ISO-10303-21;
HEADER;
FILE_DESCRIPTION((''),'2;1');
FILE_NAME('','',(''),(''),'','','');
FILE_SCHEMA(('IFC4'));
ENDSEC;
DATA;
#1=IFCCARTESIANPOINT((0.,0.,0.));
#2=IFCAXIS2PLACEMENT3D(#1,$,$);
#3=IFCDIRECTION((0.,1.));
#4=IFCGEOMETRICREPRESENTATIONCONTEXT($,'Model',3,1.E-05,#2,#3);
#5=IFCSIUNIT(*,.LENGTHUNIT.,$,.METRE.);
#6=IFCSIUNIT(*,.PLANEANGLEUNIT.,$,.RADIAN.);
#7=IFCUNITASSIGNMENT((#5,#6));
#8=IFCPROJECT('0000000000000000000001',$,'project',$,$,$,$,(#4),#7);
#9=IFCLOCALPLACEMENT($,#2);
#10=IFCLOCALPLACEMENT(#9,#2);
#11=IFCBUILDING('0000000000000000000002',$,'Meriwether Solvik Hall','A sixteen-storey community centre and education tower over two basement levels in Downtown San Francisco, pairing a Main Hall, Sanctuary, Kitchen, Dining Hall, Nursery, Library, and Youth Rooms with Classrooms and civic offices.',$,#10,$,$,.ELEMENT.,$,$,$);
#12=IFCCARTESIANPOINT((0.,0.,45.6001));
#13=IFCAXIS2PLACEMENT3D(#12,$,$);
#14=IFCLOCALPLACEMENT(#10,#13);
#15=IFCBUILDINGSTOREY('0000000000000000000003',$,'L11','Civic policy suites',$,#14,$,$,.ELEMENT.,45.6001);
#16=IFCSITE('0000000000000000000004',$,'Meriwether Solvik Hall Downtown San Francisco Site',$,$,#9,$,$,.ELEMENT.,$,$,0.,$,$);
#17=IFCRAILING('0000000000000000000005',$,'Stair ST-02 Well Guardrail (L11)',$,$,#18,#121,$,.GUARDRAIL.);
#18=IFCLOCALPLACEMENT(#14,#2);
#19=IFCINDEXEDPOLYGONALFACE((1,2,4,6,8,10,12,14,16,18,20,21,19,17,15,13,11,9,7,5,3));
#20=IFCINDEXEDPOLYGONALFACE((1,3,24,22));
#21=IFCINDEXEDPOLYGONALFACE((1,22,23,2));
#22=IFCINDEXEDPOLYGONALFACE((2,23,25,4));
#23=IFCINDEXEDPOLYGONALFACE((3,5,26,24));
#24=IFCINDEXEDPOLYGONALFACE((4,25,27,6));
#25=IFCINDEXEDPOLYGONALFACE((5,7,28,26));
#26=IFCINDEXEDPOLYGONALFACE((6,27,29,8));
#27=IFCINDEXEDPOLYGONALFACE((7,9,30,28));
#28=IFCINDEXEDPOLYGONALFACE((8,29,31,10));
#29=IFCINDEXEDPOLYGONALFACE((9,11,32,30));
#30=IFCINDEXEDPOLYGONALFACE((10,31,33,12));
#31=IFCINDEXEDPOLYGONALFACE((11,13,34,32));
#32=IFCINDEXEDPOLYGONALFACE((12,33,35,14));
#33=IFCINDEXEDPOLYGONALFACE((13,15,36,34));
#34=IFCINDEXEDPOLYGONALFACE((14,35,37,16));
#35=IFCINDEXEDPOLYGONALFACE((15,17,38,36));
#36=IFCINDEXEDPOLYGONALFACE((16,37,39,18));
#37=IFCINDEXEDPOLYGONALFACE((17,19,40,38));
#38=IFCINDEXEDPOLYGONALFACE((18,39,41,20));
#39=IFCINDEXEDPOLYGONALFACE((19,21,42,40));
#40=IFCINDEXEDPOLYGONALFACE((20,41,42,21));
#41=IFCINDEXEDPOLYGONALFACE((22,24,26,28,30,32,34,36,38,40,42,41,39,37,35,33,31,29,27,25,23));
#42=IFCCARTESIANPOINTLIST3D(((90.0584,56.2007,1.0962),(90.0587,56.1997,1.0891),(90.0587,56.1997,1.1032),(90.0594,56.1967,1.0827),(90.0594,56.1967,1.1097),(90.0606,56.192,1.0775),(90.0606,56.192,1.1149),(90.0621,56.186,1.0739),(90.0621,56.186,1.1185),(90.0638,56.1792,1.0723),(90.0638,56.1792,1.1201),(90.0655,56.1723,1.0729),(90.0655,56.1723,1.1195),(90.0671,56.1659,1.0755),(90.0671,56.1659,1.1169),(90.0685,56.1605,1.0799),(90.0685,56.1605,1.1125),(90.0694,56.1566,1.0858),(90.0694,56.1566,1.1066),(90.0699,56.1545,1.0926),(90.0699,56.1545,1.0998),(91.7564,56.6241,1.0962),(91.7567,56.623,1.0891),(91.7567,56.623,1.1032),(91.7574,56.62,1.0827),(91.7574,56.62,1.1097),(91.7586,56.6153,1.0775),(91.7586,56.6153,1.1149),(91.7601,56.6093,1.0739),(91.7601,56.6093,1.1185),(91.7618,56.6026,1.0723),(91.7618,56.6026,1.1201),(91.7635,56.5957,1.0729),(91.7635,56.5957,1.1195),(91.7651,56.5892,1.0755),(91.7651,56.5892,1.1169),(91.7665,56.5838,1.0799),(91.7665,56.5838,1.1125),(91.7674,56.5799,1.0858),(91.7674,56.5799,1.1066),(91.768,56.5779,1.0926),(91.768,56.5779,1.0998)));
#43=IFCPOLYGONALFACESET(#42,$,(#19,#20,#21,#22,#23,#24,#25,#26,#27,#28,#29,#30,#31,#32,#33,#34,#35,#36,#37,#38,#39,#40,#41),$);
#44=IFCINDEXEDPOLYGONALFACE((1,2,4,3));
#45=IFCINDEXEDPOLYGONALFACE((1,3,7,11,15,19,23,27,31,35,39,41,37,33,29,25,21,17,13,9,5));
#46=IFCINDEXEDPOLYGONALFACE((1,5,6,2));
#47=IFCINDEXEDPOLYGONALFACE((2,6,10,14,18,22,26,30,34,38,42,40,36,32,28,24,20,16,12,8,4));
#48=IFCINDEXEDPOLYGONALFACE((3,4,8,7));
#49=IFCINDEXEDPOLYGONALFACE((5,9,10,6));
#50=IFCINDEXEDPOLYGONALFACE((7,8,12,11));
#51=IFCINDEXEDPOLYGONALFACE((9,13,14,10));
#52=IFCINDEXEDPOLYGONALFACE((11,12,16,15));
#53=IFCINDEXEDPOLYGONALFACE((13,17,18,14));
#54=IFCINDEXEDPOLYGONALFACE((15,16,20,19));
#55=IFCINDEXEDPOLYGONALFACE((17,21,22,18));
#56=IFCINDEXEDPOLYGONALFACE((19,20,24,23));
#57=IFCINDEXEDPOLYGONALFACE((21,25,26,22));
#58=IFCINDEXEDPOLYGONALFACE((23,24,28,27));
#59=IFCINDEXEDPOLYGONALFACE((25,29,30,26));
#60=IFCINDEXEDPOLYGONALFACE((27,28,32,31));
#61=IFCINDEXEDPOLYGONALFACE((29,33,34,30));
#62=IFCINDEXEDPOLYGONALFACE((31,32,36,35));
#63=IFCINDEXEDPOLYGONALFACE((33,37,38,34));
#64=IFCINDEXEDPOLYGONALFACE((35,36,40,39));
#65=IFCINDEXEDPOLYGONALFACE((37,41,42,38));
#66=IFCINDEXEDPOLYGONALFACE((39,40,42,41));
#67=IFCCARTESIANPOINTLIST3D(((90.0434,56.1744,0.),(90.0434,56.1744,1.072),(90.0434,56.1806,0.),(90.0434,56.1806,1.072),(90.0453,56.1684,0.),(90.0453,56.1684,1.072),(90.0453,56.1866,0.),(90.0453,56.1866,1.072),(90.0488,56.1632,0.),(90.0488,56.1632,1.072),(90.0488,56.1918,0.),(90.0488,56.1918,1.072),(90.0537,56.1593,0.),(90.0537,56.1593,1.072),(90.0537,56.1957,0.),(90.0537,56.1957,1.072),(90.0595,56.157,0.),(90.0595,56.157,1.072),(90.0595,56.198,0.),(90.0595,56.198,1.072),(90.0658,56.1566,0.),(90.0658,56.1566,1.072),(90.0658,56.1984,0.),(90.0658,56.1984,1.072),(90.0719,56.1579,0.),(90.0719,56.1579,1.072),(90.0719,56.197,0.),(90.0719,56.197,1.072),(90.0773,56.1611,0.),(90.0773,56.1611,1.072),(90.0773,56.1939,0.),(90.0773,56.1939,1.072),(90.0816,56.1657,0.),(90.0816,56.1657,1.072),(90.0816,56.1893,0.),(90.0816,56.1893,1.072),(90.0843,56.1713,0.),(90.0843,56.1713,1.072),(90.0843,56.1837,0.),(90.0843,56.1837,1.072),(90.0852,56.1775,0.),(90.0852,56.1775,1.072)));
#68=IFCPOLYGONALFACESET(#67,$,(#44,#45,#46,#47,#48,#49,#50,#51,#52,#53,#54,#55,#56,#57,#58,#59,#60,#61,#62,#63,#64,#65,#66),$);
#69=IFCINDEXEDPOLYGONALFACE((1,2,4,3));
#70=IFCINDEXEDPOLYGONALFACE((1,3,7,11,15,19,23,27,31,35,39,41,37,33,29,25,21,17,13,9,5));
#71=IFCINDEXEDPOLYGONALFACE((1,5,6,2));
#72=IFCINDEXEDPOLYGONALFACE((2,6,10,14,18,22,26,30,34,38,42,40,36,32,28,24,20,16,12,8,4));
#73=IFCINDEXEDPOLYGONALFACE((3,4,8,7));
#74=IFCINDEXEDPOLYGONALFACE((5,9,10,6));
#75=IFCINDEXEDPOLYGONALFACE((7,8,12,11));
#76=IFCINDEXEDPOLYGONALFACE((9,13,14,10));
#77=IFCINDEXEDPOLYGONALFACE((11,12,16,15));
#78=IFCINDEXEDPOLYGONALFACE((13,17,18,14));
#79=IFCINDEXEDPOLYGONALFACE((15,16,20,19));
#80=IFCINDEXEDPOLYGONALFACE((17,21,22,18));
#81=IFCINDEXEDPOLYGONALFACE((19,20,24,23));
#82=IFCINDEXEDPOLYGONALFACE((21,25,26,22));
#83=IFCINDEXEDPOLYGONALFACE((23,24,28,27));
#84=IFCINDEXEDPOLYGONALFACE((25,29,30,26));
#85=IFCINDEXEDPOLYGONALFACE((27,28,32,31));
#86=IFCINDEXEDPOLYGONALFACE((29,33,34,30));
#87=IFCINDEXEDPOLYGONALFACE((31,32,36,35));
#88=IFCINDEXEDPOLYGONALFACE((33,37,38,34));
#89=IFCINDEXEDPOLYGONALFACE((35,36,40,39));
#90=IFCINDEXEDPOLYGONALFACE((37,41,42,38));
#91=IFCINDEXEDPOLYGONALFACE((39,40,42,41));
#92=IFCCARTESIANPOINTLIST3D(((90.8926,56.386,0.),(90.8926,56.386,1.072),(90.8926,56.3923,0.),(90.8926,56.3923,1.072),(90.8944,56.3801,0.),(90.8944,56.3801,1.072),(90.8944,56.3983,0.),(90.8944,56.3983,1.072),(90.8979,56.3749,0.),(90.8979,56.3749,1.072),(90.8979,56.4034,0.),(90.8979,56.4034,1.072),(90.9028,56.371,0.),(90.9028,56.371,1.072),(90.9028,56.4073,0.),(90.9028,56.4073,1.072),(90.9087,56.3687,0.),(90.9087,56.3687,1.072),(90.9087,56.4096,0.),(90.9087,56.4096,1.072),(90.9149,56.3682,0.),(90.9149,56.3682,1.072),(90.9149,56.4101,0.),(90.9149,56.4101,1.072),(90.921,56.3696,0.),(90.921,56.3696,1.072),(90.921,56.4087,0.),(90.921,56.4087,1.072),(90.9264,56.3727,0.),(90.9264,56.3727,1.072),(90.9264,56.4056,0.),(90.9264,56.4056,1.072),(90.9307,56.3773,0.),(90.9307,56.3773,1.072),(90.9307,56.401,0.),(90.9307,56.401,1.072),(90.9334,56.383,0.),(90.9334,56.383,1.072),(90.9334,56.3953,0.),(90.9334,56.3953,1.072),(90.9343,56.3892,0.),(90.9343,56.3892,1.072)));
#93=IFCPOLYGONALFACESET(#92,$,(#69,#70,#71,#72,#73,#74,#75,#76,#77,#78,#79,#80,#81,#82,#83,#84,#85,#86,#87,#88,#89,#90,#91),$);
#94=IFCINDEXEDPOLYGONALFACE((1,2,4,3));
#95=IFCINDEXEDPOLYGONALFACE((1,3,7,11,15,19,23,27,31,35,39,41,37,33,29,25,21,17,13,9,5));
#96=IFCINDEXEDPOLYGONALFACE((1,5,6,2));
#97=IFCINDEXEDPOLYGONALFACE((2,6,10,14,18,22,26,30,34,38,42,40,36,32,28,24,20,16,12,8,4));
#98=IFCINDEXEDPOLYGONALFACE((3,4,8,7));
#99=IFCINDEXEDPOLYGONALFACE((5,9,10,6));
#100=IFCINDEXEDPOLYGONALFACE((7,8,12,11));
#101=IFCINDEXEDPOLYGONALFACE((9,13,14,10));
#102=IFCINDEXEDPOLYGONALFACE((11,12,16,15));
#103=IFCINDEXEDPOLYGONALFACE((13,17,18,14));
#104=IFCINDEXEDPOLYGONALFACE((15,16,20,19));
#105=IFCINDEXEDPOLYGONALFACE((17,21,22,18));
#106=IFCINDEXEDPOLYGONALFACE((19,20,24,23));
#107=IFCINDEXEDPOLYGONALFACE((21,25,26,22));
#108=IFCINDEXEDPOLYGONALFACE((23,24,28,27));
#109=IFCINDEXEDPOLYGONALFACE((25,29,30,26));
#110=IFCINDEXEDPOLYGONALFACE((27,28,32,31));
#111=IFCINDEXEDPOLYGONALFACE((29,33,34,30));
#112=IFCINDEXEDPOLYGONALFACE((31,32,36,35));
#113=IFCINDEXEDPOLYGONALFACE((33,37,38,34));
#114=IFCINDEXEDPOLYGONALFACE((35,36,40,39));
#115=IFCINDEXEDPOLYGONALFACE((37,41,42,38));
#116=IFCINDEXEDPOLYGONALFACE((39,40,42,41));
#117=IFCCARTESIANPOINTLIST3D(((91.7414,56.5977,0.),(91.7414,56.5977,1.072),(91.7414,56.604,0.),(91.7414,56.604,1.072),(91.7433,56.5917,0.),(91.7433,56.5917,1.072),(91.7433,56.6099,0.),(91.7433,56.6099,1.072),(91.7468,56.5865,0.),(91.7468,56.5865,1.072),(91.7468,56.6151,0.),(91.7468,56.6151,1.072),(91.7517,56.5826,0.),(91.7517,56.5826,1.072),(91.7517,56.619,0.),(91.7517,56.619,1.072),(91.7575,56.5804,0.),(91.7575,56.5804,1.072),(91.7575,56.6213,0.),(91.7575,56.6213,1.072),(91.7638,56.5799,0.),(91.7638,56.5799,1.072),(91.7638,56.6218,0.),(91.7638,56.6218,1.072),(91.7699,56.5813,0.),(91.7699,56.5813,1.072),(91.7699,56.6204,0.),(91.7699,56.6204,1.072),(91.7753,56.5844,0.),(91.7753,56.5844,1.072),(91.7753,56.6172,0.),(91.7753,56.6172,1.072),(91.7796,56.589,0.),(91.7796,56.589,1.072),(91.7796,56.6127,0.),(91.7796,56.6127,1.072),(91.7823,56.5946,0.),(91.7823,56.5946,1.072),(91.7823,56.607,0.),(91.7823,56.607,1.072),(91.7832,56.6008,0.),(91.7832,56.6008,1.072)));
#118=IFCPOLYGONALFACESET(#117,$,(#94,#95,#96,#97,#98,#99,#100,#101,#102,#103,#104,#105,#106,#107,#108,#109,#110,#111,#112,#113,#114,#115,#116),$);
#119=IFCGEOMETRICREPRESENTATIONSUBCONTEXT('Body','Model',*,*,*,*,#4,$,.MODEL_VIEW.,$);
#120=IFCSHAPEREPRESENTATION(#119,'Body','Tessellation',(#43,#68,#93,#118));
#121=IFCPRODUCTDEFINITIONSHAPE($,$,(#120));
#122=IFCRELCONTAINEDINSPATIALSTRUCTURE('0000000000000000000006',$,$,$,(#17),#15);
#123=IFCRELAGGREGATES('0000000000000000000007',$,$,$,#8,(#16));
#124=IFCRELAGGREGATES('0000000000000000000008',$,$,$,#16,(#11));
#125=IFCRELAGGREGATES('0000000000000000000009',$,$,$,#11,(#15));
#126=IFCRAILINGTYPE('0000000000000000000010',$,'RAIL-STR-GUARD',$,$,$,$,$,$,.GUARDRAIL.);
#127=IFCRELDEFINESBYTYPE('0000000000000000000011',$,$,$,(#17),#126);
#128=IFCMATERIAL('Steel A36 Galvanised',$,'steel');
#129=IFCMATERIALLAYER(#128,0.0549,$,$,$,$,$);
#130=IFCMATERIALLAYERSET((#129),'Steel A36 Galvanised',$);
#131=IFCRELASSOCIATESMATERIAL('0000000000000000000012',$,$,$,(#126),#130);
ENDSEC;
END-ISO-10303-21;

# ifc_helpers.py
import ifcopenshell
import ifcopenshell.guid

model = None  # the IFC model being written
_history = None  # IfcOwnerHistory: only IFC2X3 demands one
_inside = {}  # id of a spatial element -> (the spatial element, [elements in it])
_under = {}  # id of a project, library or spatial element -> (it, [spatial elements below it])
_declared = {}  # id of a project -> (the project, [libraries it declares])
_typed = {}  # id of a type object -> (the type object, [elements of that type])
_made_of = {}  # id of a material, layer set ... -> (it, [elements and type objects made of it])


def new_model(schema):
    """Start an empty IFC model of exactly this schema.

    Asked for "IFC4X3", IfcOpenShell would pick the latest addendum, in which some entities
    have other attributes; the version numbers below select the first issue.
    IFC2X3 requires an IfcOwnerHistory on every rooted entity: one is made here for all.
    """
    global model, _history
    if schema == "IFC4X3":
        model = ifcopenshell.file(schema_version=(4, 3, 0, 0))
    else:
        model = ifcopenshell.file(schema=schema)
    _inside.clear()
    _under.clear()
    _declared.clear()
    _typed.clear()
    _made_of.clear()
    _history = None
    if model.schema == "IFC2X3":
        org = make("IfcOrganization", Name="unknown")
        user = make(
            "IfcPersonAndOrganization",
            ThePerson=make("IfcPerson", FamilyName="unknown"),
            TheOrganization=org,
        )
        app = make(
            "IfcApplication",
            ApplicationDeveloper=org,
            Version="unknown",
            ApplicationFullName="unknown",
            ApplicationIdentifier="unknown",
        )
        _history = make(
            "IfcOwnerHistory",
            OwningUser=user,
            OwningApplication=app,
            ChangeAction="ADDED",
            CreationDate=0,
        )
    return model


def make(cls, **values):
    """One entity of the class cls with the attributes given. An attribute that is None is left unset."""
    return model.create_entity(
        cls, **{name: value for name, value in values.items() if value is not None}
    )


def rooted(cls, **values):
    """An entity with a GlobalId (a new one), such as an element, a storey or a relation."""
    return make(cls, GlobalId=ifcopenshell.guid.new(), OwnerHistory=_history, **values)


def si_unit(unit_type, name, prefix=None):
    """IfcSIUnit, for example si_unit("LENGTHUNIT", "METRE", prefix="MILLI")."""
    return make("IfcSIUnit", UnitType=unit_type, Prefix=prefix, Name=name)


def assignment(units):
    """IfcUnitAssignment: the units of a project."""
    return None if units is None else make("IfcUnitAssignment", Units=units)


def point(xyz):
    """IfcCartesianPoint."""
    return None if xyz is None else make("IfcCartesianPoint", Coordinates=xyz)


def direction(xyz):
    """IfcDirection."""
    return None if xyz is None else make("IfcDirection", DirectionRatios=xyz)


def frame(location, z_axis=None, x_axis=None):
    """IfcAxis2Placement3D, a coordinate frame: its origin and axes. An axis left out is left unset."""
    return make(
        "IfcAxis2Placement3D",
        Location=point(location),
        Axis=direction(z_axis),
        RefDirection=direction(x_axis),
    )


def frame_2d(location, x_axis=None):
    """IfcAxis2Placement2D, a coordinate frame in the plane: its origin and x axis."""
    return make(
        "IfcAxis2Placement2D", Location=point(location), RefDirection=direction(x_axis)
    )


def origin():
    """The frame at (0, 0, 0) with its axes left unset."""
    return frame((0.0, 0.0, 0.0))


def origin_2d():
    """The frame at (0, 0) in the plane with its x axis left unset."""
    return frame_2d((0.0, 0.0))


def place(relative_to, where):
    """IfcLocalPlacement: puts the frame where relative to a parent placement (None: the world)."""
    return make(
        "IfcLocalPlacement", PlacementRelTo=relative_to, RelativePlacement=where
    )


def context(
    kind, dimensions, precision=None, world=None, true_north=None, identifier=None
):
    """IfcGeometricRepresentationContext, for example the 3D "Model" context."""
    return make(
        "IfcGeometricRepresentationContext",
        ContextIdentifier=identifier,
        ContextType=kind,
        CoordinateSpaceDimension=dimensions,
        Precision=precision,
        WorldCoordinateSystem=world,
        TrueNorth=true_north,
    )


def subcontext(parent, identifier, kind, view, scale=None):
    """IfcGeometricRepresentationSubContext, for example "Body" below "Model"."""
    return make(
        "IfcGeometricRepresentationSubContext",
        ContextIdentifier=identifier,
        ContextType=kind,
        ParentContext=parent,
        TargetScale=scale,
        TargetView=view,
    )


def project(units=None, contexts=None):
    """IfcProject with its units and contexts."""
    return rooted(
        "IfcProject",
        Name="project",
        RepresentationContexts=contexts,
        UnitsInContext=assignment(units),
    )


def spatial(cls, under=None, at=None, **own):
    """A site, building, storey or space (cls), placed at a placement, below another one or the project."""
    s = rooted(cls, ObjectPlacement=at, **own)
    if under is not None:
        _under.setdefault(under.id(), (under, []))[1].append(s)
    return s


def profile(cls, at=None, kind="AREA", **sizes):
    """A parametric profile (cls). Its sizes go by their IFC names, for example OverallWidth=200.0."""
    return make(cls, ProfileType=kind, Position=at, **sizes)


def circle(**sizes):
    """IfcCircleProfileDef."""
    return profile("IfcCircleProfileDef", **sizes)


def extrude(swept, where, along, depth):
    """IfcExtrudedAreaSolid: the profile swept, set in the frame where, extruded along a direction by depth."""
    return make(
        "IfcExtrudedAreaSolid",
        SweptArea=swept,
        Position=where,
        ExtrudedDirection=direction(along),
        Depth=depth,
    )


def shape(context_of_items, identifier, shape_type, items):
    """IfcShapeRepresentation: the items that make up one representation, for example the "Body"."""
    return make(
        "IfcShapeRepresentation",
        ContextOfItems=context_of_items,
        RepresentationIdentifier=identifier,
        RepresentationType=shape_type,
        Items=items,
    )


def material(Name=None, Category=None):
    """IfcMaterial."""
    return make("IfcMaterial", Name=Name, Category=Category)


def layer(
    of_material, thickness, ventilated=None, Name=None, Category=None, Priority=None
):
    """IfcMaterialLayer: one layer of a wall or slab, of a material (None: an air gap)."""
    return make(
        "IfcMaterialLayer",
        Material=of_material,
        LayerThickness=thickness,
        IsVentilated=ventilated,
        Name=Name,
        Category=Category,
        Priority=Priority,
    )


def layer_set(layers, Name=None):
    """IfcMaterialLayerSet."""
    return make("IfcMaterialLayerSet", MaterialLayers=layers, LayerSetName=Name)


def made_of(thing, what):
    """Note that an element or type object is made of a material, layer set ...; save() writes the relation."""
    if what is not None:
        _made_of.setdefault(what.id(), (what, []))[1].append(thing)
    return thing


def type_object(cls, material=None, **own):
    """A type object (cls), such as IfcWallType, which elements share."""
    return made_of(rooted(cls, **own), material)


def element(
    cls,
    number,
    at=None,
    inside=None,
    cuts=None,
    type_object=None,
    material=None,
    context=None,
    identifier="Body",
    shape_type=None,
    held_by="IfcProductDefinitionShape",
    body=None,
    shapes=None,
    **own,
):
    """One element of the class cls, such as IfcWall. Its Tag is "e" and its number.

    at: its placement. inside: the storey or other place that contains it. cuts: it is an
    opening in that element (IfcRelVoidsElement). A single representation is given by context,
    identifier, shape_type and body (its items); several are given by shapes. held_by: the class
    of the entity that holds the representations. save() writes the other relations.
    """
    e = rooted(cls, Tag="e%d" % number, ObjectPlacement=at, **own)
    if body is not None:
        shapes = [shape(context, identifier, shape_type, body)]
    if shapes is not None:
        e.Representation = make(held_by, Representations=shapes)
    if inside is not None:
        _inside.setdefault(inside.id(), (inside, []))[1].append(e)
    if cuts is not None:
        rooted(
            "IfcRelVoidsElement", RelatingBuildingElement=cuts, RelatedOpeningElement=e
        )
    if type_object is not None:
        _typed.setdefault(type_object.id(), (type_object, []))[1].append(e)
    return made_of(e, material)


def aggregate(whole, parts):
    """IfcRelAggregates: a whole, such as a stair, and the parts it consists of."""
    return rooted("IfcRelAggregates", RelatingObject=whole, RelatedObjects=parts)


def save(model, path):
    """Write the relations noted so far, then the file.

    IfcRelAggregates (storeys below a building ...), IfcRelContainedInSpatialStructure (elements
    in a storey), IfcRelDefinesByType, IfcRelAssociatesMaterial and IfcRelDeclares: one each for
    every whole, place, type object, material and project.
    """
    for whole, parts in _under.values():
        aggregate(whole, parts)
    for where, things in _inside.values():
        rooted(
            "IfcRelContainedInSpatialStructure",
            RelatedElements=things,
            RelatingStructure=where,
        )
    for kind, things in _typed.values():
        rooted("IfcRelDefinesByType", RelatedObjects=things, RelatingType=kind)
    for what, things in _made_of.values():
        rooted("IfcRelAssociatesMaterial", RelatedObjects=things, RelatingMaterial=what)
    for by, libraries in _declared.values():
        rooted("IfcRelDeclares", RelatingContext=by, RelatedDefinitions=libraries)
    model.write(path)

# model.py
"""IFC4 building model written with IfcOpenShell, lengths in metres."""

from ifc_helpers import new_model, si_unit, direction, frame, origin, origin_2d, place, context, subcontext, project, spatial, circle, extrude, material, layer, layer_set, type_object, element, save


model = new_model("IFC4")

# Units and contexts
model_context = context("Model", 3, precision=1e-05, world=origin(), true_north=direction((0.0, 1.0)))
body_context = subcontext(model_context, "Body", "Model", "MODEL_VIEW")
ifc_project = project(units=[si_unit("LENGTHUNIT", "METRE"), si_unit("PLANEANGLEUNIT", "RADIAN")], contexts=[model_context])

# Site, building, storey
site_placement = place(None, origin())
site = spatial("IfcSite", under=ifc_project, at=site_placement, Name="Meriwether Solvik Hall Downtown San Francisco Site", CompositionType="ELEMENT", RefElevation=0.0)
building_placement = place(site_placement, origin())
building = spatial("IfcBuilding", under=site, at=building_placement, Name="Meriwether Solvik Hall", Description="A sixteen-storey community centre and education tower over two basement levels in Downtown San Francisco, pairing a Main Hall, Sanctuary, Kitchen, Dining Hall, Nursery, Library, and Youth Rooms with Classrooms and civic offices.", CompositionType="ELEMENT")
storey_placement = place(building_placement, frame((0.0, 0.0, 45.6001)))
storey = spatial("IfcBuildingStorey", under=building, at=storey_placement, Name="L11", Description="Civic policy suites", CompositionType="ELEMENT", Elevation=45.6001)

# Railing
ifc_material_1 = material(Name="Steel A36 Galvanised", Category="steel")
ifc_layer_1 = layer(ifc_material_1, 0.0549)
ifc_layer_set_1 = layer_set([ifc_layer_1], Name="Steel A36 Galvanised")
railing_type_1 = type_object("IfcRailingType", Name="RAIL-STR-GUARD", PredefinedType="GUARDRAIL", material=ifc_layer_set_1)
railing_1_placement = place(storey_placement, frame((90.0642, 56.1775, 0.0)))
element("IfcRailing", 1, at=railing_1_placement, inside=storey, type_object=railing_type_1, Name="Stair ST-02 Well Guardrail (L11)", PredefinedType="GUARDRAIL", context=body_context, shape_type="SweptSolid", body=[
    extrude(circle(Radius=0.0239, at=origin_2d()), frame((0.0, 0.0, 1.0962), z_axis=(0.970298, 0.241912, 0.0), x_axis=(-0.241912, 0.970298, 0.0)), (0.0, 0.0, 1.0), 1.75),
    extrude(circle(Radius=0.021, at=origin_2d()), origin(), (0.0, 0.0, 1.0), 1.072),
    extrude(circle(Radius=0.021, at=origin_2d()), frame((0.8491, 0.2117, 0.0)), (0.0, 0.0, 1.0), 1.072),
    extrude(circle(Radius=0.021, at=origin_2d()), frame((1.698, 0.4233, 0.0)), (0.0, 0.0, 1.0), 1.072),
])

save(model, "model.ifc")
